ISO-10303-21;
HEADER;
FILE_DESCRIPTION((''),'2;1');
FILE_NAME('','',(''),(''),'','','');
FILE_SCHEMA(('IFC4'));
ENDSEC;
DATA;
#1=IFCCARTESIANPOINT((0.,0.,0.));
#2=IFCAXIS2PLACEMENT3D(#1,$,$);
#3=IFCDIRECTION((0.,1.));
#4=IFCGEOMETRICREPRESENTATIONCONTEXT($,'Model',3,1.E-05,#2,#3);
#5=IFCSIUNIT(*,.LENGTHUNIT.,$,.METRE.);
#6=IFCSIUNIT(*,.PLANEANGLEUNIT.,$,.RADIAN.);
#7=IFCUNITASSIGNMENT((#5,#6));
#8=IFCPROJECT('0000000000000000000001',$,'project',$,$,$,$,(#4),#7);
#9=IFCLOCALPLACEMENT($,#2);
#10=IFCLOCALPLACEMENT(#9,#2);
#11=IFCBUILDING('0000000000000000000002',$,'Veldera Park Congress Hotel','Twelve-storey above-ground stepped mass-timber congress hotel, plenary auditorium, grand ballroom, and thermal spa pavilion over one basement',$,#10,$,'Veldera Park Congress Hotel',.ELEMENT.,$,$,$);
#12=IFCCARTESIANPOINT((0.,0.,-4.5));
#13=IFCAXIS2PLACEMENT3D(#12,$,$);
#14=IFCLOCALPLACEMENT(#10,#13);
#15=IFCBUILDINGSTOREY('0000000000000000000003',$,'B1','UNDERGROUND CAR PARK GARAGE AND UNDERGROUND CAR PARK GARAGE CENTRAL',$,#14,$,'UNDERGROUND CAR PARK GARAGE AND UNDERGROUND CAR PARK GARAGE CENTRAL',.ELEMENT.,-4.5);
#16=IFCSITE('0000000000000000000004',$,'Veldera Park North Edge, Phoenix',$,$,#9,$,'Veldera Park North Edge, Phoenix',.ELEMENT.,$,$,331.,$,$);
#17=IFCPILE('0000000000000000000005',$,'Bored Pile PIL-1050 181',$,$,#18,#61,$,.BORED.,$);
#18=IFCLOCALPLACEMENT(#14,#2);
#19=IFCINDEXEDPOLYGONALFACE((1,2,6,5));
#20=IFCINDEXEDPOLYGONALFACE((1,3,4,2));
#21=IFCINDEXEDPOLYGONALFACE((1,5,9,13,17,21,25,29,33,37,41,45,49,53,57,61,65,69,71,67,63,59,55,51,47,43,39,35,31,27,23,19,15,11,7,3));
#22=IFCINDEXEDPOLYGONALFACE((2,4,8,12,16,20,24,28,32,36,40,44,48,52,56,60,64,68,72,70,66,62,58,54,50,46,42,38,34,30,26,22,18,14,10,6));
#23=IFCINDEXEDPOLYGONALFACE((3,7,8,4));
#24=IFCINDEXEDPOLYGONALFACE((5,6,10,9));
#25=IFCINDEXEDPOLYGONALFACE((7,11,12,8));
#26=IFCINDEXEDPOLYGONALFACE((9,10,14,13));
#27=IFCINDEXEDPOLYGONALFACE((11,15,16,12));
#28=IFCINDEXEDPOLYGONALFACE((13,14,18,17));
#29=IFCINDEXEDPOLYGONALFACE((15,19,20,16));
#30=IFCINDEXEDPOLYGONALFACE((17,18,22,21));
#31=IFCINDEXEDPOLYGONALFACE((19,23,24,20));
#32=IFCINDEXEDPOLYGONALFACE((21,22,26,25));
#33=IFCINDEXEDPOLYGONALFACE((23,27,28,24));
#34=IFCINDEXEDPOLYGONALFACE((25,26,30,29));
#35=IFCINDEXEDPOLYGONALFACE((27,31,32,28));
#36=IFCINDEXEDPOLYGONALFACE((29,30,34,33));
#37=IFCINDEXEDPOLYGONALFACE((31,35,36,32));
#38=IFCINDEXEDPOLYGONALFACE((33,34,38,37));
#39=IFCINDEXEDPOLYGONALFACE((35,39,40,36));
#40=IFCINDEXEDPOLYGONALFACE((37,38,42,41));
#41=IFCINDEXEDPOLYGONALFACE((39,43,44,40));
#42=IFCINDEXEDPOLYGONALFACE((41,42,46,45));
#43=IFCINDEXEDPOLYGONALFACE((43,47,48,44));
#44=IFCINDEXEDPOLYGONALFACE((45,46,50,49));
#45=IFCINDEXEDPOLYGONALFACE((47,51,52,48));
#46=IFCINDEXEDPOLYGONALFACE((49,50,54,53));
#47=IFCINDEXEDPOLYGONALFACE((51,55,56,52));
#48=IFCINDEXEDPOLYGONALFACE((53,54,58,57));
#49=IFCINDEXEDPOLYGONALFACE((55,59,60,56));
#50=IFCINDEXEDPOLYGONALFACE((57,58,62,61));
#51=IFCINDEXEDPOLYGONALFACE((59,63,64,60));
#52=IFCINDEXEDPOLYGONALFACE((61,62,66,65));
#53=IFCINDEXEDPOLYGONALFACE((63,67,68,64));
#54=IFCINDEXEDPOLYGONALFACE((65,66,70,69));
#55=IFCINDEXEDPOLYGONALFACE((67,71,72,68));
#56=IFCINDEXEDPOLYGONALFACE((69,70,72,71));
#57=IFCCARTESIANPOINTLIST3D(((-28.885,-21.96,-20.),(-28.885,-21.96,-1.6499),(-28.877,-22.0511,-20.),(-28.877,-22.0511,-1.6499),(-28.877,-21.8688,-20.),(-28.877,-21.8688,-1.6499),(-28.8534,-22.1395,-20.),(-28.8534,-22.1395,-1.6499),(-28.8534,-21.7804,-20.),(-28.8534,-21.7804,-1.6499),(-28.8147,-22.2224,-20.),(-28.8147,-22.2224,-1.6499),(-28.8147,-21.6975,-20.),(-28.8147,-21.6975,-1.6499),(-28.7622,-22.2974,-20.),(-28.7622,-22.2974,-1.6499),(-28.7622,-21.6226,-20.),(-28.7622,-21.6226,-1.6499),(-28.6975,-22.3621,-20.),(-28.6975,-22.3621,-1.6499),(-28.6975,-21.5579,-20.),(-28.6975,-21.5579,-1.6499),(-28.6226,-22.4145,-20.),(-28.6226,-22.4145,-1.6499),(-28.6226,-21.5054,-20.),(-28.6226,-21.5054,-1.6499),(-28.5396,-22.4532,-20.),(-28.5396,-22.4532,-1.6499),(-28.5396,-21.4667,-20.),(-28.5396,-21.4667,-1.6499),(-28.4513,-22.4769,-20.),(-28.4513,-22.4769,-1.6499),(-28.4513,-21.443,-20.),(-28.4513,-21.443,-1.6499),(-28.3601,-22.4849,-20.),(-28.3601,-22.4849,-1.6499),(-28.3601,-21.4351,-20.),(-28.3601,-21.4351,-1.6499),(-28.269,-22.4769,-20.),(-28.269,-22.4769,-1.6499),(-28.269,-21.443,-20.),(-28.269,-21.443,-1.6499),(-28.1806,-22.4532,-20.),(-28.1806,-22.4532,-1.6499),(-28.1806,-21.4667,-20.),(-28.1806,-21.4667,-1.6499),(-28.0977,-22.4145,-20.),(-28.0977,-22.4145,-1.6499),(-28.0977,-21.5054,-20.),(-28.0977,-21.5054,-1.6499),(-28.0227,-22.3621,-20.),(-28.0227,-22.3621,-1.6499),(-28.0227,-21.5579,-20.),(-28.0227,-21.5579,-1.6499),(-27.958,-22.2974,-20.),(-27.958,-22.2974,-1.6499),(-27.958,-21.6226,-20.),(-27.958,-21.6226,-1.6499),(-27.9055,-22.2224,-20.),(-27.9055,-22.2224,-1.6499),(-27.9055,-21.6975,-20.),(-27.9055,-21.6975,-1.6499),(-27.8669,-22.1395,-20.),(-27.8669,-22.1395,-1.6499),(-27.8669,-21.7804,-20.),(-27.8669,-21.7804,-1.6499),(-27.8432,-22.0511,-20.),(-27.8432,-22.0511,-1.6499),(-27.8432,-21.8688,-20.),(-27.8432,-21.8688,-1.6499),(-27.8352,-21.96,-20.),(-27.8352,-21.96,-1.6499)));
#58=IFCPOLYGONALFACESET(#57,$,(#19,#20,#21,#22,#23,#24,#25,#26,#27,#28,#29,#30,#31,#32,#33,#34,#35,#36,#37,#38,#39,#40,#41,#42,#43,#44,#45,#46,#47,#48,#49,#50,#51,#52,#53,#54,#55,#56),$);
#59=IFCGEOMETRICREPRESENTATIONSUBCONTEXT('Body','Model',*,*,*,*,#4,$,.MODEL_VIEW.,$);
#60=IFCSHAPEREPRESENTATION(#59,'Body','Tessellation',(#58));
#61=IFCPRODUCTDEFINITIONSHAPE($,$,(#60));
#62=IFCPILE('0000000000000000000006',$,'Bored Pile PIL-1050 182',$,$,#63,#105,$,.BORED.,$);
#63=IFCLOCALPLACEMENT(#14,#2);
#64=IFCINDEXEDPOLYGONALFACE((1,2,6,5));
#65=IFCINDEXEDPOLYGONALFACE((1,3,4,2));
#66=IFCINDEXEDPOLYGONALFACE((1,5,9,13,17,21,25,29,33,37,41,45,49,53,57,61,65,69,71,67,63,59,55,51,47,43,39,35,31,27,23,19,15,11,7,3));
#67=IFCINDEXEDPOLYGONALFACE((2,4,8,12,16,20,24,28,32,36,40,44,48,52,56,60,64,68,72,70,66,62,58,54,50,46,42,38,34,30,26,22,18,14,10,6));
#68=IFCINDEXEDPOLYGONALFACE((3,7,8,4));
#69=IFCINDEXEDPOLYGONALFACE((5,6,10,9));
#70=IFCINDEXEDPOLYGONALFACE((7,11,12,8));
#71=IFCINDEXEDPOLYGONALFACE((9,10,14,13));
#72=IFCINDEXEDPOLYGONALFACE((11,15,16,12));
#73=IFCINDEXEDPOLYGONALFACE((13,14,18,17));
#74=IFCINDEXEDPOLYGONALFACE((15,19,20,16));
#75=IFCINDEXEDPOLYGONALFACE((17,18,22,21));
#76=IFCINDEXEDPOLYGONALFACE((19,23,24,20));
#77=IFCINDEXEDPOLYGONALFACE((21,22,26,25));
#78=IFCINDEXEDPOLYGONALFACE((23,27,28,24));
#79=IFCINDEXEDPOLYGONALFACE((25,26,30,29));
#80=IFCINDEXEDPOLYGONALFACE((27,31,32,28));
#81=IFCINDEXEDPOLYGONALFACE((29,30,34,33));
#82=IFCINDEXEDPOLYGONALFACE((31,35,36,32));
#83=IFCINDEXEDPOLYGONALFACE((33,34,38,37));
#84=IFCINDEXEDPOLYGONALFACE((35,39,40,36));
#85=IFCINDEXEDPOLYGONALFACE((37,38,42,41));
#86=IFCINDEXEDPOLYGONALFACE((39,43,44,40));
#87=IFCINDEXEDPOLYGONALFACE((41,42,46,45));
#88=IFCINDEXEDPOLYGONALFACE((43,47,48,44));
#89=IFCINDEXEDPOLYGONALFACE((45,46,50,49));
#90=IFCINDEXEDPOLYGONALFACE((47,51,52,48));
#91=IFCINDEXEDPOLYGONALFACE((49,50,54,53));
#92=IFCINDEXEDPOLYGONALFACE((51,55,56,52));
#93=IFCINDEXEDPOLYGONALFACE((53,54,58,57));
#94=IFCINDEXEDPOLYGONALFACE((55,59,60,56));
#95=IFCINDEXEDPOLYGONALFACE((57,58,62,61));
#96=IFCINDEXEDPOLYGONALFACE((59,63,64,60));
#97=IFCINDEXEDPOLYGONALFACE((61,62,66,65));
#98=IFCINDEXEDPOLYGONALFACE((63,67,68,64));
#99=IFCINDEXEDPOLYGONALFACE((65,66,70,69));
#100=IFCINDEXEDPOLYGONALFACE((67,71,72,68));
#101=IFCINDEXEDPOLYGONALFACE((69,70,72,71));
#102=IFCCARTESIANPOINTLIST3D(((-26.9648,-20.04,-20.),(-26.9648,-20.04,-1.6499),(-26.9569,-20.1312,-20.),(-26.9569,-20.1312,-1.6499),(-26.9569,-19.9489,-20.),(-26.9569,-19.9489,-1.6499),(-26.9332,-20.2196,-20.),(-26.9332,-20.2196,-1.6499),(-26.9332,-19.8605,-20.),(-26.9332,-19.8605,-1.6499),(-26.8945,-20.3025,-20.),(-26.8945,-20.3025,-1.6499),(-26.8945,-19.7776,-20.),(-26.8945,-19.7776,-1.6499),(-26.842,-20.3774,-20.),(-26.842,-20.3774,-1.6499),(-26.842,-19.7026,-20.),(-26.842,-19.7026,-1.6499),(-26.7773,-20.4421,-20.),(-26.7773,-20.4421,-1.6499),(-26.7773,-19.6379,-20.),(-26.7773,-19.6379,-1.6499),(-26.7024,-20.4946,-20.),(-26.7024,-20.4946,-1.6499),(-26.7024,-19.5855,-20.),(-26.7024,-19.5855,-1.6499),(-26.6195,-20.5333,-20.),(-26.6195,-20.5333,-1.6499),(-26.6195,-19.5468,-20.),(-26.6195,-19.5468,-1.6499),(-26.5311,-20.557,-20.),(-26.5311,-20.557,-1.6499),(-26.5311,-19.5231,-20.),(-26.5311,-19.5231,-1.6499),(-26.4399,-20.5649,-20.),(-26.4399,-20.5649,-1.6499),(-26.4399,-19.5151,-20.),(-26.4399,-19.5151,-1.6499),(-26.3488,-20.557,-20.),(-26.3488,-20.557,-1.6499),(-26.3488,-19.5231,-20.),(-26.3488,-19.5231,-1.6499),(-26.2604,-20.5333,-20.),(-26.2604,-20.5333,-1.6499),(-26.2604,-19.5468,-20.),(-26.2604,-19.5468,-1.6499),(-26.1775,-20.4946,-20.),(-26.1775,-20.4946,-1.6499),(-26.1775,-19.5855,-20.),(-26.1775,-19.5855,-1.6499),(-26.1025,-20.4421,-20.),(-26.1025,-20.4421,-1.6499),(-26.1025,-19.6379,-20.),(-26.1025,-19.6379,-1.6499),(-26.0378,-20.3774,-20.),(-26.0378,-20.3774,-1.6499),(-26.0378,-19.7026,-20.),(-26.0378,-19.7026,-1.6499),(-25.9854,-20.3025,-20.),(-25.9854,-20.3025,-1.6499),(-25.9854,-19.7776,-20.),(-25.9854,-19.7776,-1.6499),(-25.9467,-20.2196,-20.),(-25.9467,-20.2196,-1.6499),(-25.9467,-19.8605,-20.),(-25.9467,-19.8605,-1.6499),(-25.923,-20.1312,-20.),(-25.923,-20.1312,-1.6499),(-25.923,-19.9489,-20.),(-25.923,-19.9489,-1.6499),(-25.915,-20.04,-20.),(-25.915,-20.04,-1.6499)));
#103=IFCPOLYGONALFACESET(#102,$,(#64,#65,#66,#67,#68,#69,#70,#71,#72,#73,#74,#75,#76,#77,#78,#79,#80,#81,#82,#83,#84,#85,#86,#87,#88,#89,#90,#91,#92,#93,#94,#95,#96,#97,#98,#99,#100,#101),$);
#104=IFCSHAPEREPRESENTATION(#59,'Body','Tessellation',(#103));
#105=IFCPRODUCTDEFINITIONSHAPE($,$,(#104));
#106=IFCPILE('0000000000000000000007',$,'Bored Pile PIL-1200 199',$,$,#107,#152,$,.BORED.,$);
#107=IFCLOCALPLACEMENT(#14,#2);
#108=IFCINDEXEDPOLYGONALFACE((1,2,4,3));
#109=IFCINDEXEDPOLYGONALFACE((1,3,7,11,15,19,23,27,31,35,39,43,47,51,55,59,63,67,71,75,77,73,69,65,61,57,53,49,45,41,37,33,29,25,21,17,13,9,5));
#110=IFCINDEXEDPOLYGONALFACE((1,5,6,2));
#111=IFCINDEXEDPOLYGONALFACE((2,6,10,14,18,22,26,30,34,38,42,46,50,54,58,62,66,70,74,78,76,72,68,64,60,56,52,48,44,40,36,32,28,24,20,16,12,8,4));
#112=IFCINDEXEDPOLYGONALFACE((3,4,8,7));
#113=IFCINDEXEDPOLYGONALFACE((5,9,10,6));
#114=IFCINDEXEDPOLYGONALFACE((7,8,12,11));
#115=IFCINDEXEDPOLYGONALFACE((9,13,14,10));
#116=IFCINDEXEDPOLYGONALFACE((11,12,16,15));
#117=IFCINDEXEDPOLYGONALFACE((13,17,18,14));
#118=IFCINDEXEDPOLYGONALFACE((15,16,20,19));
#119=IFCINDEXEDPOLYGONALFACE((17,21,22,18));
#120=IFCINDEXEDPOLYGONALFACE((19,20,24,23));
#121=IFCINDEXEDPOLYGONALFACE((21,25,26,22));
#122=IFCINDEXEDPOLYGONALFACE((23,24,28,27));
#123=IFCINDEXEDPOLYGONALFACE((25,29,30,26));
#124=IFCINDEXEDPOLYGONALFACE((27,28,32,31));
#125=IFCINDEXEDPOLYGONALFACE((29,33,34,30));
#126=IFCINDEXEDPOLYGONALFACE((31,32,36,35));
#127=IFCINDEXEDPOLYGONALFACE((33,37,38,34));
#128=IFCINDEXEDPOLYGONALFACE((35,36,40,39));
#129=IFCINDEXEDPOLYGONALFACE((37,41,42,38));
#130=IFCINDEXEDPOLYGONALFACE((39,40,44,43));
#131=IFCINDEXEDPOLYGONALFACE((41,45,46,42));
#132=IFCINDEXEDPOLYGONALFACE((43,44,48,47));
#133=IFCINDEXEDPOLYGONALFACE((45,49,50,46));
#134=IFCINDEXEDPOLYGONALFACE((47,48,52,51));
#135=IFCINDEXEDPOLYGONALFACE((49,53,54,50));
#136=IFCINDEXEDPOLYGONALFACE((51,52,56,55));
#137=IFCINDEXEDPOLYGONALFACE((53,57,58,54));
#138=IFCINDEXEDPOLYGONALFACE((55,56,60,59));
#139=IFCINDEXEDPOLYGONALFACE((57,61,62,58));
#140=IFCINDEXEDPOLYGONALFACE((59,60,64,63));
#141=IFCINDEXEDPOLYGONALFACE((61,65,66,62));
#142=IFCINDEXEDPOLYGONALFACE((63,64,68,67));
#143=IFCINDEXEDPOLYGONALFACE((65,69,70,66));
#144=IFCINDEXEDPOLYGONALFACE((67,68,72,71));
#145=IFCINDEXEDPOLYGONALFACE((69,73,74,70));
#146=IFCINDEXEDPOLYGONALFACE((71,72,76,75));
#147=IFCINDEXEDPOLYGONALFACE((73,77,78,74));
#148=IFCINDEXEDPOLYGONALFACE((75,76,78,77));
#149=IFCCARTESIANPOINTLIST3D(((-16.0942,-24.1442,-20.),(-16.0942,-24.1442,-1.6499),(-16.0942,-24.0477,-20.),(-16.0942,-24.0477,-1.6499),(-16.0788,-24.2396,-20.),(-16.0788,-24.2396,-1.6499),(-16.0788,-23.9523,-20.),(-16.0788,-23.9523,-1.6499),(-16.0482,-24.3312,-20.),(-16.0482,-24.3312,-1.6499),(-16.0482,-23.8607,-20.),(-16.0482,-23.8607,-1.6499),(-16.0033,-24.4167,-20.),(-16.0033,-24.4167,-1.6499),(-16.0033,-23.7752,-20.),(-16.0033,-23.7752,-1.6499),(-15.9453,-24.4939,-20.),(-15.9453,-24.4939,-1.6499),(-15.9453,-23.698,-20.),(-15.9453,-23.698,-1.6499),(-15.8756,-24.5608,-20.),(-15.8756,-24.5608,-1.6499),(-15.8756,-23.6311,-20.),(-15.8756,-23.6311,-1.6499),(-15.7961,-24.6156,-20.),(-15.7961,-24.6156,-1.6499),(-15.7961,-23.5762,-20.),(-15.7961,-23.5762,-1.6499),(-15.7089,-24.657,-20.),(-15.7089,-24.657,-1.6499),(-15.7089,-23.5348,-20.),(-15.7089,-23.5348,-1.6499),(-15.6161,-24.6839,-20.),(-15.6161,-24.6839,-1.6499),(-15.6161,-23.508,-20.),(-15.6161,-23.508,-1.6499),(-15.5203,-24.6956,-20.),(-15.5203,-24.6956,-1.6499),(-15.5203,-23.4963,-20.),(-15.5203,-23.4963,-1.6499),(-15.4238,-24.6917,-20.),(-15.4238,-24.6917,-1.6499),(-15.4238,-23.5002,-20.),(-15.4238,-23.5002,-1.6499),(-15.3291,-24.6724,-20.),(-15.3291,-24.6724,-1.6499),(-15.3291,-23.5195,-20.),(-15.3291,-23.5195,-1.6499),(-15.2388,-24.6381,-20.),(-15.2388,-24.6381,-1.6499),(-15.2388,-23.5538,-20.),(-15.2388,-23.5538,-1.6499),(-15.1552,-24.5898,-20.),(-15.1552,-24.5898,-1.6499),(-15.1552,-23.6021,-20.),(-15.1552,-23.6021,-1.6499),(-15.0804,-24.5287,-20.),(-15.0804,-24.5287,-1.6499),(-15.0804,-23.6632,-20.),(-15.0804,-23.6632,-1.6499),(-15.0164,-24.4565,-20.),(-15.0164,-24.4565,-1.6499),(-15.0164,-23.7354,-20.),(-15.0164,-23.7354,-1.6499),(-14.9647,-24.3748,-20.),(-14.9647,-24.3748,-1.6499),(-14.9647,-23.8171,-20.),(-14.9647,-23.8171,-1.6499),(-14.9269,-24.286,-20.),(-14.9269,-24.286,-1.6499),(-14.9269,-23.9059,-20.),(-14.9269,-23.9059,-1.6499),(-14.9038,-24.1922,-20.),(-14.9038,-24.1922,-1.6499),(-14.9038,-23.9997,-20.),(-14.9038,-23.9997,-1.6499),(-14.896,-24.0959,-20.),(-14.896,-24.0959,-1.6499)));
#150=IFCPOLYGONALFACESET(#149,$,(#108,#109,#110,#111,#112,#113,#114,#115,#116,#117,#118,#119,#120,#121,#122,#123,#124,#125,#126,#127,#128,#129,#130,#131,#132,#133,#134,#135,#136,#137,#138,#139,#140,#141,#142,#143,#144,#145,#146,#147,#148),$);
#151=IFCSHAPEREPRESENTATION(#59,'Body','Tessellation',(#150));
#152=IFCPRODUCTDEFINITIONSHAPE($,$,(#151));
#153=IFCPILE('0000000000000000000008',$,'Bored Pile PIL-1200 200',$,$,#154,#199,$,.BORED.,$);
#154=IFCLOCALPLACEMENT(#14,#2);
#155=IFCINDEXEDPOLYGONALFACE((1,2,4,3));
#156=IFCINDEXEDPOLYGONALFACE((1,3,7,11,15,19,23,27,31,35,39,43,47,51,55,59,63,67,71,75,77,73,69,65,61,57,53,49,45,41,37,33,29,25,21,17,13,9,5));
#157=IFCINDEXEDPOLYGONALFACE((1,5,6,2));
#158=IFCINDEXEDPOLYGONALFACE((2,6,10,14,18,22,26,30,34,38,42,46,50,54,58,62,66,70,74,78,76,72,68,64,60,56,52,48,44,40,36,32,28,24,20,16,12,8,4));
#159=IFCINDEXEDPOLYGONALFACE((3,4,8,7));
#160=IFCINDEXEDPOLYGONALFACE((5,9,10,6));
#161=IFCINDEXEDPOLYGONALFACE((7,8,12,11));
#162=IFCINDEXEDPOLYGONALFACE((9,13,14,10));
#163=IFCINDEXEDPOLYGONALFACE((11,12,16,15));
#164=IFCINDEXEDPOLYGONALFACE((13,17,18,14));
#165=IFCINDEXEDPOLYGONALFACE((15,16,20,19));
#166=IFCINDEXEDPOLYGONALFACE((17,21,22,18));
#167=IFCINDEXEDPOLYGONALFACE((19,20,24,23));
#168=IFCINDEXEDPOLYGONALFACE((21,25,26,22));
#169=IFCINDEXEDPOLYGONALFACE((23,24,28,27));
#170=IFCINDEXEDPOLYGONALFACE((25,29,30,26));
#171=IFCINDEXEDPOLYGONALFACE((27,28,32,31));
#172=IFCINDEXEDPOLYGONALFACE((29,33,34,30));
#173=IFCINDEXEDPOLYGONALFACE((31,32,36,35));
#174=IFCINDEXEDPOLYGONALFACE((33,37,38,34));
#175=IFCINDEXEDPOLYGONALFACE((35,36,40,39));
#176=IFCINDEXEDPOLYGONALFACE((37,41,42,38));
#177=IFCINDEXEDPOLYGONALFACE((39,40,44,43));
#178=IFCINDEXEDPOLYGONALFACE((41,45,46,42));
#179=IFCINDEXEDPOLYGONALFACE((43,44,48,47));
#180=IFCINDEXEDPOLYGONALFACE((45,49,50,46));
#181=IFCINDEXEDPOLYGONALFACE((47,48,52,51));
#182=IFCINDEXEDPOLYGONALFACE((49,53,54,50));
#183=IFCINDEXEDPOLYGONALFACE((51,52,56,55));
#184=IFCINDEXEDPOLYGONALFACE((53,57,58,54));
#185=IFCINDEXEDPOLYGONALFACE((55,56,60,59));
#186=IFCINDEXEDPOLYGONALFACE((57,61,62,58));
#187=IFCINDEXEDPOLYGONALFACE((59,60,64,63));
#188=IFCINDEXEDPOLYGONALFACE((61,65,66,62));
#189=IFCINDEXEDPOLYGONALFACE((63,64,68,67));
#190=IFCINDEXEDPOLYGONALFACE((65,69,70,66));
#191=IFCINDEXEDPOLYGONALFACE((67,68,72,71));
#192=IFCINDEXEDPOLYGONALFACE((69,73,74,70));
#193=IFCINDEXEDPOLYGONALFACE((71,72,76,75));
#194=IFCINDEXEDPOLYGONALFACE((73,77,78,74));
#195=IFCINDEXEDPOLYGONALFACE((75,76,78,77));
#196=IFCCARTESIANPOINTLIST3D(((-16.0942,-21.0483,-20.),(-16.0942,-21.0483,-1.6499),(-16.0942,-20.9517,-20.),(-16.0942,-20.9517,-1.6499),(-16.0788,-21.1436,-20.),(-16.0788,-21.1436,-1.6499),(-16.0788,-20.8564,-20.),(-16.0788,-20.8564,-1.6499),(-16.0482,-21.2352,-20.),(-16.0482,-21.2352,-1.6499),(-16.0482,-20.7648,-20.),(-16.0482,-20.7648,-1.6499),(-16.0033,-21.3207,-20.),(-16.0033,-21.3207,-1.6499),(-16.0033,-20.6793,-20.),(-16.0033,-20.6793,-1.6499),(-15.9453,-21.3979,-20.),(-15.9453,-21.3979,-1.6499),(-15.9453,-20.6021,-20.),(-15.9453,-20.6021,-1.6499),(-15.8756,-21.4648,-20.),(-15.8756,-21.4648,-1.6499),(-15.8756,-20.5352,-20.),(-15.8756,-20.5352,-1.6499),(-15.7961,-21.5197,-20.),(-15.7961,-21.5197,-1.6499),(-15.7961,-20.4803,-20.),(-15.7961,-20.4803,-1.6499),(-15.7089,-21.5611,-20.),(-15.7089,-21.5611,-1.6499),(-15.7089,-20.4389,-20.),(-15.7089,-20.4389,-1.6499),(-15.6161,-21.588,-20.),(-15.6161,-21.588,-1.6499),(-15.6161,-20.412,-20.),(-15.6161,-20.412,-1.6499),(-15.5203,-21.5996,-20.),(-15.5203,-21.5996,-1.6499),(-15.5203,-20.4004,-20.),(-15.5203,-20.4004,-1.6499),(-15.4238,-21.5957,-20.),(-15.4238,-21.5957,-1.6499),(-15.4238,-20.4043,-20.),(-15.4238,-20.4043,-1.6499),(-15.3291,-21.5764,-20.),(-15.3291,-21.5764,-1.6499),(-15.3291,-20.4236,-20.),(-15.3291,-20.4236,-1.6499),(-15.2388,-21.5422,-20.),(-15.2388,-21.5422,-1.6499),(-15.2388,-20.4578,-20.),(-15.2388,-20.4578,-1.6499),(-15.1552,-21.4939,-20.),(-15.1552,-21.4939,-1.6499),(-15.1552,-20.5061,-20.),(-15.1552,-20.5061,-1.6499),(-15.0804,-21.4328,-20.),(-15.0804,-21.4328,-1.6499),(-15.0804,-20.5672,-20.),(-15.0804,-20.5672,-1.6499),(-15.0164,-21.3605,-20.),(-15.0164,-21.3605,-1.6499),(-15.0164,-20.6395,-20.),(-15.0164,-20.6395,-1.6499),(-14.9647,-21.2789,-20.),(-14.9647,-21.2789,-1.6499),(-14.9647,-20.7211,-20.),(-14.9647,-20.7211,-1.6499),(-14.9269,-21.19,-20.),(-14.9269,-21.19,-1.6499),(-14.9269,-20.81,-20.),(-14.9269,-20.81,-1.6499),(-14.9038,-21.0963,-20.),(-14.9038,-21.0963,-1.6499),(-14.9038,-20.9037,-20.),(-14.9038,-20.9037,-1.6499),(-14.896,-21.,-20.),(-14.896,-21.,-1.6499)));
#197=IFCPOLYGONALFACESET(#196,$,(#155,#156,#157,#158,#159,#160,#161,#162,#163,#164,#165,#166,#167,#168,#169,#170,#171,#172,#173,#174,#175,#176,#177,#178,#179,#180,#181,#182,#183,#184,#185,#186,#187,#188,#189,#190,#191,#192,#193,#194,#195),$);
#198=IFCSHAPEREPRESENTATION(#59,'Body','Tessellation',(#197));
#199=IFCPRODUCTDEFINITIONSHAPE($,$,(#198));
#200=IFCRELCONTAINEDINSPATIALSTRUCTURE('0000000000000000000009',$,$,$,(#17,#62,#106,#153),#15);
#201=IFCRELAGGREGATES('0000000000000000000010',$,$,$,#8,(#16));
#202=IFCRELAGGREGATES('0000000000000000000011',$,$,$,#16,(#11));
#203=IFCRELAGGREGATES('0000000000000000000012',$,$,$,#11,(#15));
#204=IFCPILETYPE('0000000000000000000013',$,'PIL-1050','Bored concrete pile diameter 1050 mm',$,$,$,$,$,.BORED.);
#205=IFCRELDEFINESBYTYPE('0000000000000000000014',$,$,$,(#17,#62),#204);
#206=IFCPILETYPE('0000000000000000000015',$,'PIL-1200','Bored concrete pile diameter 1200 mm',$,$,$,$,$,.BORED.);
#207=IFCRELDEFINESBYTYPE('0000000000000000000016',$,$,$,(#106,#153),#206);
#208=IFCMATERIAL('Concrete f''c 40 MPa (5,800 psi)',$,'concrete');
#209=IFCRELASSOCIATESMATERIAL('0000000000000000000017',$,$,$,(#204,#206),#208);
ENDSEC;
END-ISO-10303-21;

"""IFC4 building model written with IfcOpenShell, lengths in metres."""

from ifc_helpers import new_model, si_unit, direction, frame, origin, origin_2d, place, context, subcontext, project, spatial, circle, extrude, material, material_profile, profile_set, type_object, element, save


model = new_model("IFC4")

# Units and contexts
model_context = context("Model", 3, precision=1e-05, world=origin(), true_north=direction((0.0, 1.0)))
body_context = subcontext(model_context, "Body", "Model", "MODEL_VIEW")
ifc_project = project(units=[si_unit("LENGTHUNIT", "METRE"), si_unit("PLANEANGLEUNIT", "RADIAN")], contexts=[model_context])

# Site, building, storey
site_placement = place(None, origin())
site = spatial("IfcSite", under=ifc_project, at=site_placement, Name="Veldera Park North Edge, Phoenix", LongName="Veldera Park North Edge, Phoenix", CompositionType="ELEMENT", RefElevation=331.0)
building_placement = place(site_placement, origin())
building = spatial("IfcBuilding", under=site, at=building_placement, Name="Veldera Park Congress Hotel", Description="Twelve-storey above-ground stepped mass-timber congress hotel, plenary auditorium, grand ballroom, and thermal spa pavilion over one basement", LongName="Veldera Park Congress Hotel", CompositionType="ELEMENT")
storey_placement = place(building_placement, frame((0.0, 0.0, -4.5)))
storey = spatial("IfcBuildingStorey", under=building, at=storey_placement, Name="B1", Description="UNDERGROUND CAR PARK GARAGE AND UNDERGROUND CAR PARK GARAGE CENTRAL", LongName="UNDERGROUND CAR PARK GARAGE AND UNDERGROUND CAR PARK GARAGE CENTRAL", CompositionType="ELEMENT", Elevation=-4.5)

# Shared definitions
ifc_material_1 = material(Name="Concrete f'c 40 MPa (5,800 psi)", Category="concrete")

# Piles
ifc_material_profile_1 = material_profile(ifc_material_1, circle(Radius=0.5249, at=origin_2d()), Name="PILE D1050")
ifc_profile_set_1 = profile_set([ifc_material_profile_1], Name="Concrete f'c 40 MPa (5,800 psi)")
pile_type_1 = type_object("IfcPileType", Name="PIL-1050", Description="Bored concrete pile diameter 1050 mm", PredefinedType="BORED", material=ifc_profile_set_1)
for number, where, z_axis, x_axis, name in (
    (1, (-28.3601, -21.96, -1.6499), (0.0, 0.0, -1.0), (1.0, 0.0, 0.0), "Bored Pile PIL-1050 181"),
    (2, (-26.4399, -20.04, -1.6499), (0.0, 0.0, -1.0), (1.0, 0.0, 0.0), "Bored Pile PIL-1050 182"),
):
    element("IfcPile", number, at=place(storey_placement, frame(where, z_axis=z_axis, x_axis=x_axis)), inside=storey, type_object=pile_type_1, Name=name, PredefinedType="BORED", context=body_context, shape_type="SweptSolid", body=[
        extrude(circle(Radius=0.5249, at=origin_2d()), origin(), (0.0, 0.0, 1.0), 18.3501),
    ])
ifc_material_profile_2 = material_profile(ifc_material_1, circle(Radius=0.6001, at=origin_2d()), Name="PILE D1200")
ifc_profile_set_2 = profile_set([ifc_material_profile_2], Name="Concrete f'c 40 MPa (5,800 psi)")
pile_type_2 = type_object("IfcPileType", Name="PIL-1200", Description="Bored concrete pile diameter 1200 mm", PredefinedType="BORED", material=ifc_profile_set_2)
for number, where, z_axis, x_axis, name in (
    (3, (-15.4961, -24.0959, -1.6499), (0.0, 0.0, -1.0), (1.0, 0.0, 0.0), "Bored Pile PIL-1200 199"),
    (4, (-15.4961, -21.0, -1.6499), (0.0, 0.0, -1.0), (1.0, 0.0, 0.0), "Bored Pile PIL-1200 200"),
):
    element("IfcPile", number, at=place(storey_placement, frame(where, z_axis=z_axis, x_axis=x_axis)), inside=storey, type_object=pile_type_2, Name=name, PredefinedType="BORED", context=body_context, shape_type="SweptSolid", body=[
        extrude(circle(Radius=0.6001, at=origin_2d()), origin(), (0.0, 0.0, 1.0), 18.3501),
    ])

save(model, "model.ifc")
